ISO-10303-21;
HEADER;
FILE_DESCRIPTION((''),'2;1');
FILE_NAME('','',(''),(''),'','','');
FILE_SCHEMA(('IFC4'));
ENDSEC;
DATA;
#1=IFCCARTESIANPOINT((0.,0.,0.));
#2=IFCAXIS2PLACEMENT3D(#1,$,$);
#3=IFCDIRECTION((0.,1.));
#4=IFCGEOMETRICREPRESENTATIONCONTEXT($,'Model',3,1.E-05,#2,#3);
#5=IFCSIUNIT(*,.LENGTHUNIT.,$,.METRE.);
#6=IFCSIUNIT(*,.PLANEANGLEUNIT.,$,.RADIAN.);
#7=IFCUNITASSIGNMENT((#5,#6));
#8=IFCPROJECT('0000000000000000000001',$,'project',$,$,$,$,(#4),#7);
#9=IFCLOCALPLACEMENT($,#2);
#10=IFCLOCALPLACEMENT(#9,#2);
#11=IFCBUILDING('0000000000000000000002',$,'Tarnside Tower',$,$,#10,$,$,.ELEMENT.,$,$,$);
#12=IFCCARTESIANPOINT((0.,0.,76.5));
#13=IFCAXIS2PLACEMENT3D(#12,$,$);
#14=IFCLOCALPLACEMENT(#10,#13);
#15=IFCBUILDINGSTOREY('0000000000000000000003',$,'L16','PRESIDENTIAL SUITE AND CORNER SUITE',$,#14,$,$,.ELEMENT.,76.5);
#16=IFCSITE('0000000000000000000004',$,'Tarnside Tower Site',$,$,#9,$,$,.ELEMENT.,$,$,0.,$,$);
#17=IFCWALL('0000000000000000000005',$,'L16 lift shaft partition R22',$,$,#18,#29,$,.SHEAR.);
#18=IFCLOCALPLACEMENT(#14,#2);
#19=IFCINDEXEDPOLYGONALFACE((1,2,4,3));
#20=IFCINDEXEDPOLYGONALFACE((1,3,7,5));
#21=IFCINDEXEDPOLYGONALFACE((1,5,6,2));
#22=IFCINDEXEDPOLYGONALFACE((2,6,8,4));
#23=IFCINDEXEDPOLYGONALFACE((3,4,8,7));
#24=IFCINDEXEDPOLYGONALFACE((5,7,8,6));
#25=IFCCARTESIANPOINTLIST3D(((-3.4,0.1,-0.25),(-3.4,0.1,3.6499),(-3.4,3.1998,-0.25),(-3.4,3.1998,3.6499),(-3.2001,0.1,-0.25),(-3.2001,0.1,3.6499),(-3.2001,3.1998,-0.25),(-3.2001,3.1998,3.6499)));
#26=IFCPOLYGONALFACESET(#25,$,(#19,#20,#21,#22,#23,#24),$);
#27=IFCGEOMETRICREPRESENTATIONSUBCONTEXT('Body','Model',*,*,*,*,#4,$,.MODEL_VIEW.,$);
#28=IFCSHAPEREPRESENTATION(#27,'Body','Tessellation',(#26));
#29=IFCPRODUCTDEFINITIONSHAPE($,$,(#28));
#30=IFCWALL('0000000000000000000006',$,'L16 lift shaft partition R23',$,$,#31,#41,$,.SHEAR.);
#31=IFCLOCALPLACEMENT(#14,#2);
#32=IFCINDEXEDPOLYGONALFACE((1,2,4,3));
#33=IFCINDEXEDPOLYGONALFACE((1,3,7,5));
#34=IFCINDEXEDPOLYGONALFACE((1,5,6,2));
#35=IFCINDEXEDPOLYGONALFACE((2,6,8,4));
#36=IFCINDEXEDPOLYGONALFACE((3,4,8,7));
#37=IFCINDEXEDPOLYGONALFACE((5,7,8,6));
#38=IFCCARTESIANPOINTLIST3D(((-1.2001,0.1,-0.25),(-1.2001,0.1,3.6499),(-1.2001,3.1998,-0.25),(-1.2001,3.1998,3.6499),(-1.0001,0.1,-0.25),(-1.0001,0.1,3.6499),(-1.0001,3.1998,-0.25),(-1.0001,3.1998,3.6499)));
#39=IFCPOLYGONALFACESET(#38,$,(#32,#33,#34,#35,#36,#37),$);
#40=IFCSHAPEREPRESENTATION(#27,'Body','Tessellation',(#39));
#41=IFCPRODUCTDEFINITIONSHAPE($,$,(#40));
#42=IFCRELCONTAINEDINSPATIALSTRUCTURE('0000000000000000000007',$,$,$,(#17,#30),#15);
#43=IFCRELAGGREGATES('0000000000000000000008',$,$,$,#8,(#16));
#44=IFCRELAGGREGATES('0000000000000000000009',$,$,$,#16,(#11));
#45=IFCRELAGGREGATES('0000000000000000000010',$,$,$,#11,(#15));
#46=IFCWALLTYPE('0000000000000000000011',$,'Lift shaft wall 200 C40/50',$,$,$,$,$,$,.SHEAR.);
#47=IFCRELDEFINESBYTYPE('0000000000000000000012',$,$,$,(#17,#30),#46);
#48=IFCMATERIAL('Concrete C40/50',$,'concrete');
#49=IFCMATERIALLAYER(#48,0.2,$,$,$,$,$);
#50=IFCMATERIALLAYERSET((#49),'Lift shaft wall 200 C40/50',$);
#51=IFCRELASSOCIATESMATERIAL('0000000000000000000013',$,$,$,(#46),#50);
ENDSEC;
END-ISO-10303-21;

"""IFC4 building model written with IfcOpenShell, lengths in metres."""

from ifc_helpers import new_model, si_unit, direction, frame, frame_2d, origin, place, context, subcontext, project, spatial, rectangle, extrude, material, layer, layer_set, type_object, element, save


model = new_model("IFC4")

# Units and contexts
model_context = context("Model", 3, precision=1e-05, world=origin(), true_north=direction((0.0, 1.0)))
body_context = subcontext(model_context, "Body", "Model", "MODEL_VIEW")
ifc_project = project(units=[si_unit("LENGTHUNIT", "METRE"), si_unit("PLANEANGLEUNIT", "RADIAN")], contexts=[model_context])

# Site, building, storey
site_placement = place(None, origin())
site = spatial("IfcSite", under=ifc_project, at=site_placement, Name="Tarnside Tower Site", CompositionType="ELEMENT", RefElevation=0.0)
building_placement = place(site_placement, origin())
building = spatial("IfcBuilding", under=site, at=building_placement, Name="Tarnside Tower", CompositionType="ELEMENT")
storey_placement = place(building_placement, frame((0.0, 0.0, 76.5)))
storey = spatial("IfcBuildingStorey", under=building, at=storey_placement, Name="L16", Description="PRESIDENTIAL SUITE AND CORNER SUITE", CompositionType="ELEMENT", Elevation=76.5)

# Shared definitions
ifc_material_1 = material(Name="Concrete C40/50", Category="concrete")

# Walls
ifc_layer_1 = layer(ifc_material_1, 0.2)
ifc_layer_set_1 = layer_set([ifc_layer_1], Name="Lift shaft wall 200 C40/50")
wall_type = type_object("IfcWallType", Name="Lift shaft wall 200 C40/50", PredefinedType="SHEAR", material=ifc_layer_set_1)
for number, where, z_axis, x_axis, name in (
    (1, (-3.3, 0.1001, -0.25), (0.0, 0.0, 1.0), (0.0, 1.0, 0.0), "L16 lift shaft partition R22"),
    (2, (-1.1001, 0.1001, -0.25), (0.0, 0.0, 1.0), (0.0, 1.0, 0.0), "L16 lift shaft partition R23"),
):
    element("IfcWall", number, at=place(storey_placement, frame(where, z_axis=z_axis, x_axis=x_axis)), inside=storey, type_object=wall_type, Name=name, PredefinedType="SHEAR", context=body_context, shape_type="SweptSolid", body=[
        extrude(rectangle(XDim=3.0999, YDim=0.2, at=frame_2d((1.5498, 0.0))), origin(), (0.0, 0.0, 1.0), 3.8999),
    ])

save(model, "model.ifc")
